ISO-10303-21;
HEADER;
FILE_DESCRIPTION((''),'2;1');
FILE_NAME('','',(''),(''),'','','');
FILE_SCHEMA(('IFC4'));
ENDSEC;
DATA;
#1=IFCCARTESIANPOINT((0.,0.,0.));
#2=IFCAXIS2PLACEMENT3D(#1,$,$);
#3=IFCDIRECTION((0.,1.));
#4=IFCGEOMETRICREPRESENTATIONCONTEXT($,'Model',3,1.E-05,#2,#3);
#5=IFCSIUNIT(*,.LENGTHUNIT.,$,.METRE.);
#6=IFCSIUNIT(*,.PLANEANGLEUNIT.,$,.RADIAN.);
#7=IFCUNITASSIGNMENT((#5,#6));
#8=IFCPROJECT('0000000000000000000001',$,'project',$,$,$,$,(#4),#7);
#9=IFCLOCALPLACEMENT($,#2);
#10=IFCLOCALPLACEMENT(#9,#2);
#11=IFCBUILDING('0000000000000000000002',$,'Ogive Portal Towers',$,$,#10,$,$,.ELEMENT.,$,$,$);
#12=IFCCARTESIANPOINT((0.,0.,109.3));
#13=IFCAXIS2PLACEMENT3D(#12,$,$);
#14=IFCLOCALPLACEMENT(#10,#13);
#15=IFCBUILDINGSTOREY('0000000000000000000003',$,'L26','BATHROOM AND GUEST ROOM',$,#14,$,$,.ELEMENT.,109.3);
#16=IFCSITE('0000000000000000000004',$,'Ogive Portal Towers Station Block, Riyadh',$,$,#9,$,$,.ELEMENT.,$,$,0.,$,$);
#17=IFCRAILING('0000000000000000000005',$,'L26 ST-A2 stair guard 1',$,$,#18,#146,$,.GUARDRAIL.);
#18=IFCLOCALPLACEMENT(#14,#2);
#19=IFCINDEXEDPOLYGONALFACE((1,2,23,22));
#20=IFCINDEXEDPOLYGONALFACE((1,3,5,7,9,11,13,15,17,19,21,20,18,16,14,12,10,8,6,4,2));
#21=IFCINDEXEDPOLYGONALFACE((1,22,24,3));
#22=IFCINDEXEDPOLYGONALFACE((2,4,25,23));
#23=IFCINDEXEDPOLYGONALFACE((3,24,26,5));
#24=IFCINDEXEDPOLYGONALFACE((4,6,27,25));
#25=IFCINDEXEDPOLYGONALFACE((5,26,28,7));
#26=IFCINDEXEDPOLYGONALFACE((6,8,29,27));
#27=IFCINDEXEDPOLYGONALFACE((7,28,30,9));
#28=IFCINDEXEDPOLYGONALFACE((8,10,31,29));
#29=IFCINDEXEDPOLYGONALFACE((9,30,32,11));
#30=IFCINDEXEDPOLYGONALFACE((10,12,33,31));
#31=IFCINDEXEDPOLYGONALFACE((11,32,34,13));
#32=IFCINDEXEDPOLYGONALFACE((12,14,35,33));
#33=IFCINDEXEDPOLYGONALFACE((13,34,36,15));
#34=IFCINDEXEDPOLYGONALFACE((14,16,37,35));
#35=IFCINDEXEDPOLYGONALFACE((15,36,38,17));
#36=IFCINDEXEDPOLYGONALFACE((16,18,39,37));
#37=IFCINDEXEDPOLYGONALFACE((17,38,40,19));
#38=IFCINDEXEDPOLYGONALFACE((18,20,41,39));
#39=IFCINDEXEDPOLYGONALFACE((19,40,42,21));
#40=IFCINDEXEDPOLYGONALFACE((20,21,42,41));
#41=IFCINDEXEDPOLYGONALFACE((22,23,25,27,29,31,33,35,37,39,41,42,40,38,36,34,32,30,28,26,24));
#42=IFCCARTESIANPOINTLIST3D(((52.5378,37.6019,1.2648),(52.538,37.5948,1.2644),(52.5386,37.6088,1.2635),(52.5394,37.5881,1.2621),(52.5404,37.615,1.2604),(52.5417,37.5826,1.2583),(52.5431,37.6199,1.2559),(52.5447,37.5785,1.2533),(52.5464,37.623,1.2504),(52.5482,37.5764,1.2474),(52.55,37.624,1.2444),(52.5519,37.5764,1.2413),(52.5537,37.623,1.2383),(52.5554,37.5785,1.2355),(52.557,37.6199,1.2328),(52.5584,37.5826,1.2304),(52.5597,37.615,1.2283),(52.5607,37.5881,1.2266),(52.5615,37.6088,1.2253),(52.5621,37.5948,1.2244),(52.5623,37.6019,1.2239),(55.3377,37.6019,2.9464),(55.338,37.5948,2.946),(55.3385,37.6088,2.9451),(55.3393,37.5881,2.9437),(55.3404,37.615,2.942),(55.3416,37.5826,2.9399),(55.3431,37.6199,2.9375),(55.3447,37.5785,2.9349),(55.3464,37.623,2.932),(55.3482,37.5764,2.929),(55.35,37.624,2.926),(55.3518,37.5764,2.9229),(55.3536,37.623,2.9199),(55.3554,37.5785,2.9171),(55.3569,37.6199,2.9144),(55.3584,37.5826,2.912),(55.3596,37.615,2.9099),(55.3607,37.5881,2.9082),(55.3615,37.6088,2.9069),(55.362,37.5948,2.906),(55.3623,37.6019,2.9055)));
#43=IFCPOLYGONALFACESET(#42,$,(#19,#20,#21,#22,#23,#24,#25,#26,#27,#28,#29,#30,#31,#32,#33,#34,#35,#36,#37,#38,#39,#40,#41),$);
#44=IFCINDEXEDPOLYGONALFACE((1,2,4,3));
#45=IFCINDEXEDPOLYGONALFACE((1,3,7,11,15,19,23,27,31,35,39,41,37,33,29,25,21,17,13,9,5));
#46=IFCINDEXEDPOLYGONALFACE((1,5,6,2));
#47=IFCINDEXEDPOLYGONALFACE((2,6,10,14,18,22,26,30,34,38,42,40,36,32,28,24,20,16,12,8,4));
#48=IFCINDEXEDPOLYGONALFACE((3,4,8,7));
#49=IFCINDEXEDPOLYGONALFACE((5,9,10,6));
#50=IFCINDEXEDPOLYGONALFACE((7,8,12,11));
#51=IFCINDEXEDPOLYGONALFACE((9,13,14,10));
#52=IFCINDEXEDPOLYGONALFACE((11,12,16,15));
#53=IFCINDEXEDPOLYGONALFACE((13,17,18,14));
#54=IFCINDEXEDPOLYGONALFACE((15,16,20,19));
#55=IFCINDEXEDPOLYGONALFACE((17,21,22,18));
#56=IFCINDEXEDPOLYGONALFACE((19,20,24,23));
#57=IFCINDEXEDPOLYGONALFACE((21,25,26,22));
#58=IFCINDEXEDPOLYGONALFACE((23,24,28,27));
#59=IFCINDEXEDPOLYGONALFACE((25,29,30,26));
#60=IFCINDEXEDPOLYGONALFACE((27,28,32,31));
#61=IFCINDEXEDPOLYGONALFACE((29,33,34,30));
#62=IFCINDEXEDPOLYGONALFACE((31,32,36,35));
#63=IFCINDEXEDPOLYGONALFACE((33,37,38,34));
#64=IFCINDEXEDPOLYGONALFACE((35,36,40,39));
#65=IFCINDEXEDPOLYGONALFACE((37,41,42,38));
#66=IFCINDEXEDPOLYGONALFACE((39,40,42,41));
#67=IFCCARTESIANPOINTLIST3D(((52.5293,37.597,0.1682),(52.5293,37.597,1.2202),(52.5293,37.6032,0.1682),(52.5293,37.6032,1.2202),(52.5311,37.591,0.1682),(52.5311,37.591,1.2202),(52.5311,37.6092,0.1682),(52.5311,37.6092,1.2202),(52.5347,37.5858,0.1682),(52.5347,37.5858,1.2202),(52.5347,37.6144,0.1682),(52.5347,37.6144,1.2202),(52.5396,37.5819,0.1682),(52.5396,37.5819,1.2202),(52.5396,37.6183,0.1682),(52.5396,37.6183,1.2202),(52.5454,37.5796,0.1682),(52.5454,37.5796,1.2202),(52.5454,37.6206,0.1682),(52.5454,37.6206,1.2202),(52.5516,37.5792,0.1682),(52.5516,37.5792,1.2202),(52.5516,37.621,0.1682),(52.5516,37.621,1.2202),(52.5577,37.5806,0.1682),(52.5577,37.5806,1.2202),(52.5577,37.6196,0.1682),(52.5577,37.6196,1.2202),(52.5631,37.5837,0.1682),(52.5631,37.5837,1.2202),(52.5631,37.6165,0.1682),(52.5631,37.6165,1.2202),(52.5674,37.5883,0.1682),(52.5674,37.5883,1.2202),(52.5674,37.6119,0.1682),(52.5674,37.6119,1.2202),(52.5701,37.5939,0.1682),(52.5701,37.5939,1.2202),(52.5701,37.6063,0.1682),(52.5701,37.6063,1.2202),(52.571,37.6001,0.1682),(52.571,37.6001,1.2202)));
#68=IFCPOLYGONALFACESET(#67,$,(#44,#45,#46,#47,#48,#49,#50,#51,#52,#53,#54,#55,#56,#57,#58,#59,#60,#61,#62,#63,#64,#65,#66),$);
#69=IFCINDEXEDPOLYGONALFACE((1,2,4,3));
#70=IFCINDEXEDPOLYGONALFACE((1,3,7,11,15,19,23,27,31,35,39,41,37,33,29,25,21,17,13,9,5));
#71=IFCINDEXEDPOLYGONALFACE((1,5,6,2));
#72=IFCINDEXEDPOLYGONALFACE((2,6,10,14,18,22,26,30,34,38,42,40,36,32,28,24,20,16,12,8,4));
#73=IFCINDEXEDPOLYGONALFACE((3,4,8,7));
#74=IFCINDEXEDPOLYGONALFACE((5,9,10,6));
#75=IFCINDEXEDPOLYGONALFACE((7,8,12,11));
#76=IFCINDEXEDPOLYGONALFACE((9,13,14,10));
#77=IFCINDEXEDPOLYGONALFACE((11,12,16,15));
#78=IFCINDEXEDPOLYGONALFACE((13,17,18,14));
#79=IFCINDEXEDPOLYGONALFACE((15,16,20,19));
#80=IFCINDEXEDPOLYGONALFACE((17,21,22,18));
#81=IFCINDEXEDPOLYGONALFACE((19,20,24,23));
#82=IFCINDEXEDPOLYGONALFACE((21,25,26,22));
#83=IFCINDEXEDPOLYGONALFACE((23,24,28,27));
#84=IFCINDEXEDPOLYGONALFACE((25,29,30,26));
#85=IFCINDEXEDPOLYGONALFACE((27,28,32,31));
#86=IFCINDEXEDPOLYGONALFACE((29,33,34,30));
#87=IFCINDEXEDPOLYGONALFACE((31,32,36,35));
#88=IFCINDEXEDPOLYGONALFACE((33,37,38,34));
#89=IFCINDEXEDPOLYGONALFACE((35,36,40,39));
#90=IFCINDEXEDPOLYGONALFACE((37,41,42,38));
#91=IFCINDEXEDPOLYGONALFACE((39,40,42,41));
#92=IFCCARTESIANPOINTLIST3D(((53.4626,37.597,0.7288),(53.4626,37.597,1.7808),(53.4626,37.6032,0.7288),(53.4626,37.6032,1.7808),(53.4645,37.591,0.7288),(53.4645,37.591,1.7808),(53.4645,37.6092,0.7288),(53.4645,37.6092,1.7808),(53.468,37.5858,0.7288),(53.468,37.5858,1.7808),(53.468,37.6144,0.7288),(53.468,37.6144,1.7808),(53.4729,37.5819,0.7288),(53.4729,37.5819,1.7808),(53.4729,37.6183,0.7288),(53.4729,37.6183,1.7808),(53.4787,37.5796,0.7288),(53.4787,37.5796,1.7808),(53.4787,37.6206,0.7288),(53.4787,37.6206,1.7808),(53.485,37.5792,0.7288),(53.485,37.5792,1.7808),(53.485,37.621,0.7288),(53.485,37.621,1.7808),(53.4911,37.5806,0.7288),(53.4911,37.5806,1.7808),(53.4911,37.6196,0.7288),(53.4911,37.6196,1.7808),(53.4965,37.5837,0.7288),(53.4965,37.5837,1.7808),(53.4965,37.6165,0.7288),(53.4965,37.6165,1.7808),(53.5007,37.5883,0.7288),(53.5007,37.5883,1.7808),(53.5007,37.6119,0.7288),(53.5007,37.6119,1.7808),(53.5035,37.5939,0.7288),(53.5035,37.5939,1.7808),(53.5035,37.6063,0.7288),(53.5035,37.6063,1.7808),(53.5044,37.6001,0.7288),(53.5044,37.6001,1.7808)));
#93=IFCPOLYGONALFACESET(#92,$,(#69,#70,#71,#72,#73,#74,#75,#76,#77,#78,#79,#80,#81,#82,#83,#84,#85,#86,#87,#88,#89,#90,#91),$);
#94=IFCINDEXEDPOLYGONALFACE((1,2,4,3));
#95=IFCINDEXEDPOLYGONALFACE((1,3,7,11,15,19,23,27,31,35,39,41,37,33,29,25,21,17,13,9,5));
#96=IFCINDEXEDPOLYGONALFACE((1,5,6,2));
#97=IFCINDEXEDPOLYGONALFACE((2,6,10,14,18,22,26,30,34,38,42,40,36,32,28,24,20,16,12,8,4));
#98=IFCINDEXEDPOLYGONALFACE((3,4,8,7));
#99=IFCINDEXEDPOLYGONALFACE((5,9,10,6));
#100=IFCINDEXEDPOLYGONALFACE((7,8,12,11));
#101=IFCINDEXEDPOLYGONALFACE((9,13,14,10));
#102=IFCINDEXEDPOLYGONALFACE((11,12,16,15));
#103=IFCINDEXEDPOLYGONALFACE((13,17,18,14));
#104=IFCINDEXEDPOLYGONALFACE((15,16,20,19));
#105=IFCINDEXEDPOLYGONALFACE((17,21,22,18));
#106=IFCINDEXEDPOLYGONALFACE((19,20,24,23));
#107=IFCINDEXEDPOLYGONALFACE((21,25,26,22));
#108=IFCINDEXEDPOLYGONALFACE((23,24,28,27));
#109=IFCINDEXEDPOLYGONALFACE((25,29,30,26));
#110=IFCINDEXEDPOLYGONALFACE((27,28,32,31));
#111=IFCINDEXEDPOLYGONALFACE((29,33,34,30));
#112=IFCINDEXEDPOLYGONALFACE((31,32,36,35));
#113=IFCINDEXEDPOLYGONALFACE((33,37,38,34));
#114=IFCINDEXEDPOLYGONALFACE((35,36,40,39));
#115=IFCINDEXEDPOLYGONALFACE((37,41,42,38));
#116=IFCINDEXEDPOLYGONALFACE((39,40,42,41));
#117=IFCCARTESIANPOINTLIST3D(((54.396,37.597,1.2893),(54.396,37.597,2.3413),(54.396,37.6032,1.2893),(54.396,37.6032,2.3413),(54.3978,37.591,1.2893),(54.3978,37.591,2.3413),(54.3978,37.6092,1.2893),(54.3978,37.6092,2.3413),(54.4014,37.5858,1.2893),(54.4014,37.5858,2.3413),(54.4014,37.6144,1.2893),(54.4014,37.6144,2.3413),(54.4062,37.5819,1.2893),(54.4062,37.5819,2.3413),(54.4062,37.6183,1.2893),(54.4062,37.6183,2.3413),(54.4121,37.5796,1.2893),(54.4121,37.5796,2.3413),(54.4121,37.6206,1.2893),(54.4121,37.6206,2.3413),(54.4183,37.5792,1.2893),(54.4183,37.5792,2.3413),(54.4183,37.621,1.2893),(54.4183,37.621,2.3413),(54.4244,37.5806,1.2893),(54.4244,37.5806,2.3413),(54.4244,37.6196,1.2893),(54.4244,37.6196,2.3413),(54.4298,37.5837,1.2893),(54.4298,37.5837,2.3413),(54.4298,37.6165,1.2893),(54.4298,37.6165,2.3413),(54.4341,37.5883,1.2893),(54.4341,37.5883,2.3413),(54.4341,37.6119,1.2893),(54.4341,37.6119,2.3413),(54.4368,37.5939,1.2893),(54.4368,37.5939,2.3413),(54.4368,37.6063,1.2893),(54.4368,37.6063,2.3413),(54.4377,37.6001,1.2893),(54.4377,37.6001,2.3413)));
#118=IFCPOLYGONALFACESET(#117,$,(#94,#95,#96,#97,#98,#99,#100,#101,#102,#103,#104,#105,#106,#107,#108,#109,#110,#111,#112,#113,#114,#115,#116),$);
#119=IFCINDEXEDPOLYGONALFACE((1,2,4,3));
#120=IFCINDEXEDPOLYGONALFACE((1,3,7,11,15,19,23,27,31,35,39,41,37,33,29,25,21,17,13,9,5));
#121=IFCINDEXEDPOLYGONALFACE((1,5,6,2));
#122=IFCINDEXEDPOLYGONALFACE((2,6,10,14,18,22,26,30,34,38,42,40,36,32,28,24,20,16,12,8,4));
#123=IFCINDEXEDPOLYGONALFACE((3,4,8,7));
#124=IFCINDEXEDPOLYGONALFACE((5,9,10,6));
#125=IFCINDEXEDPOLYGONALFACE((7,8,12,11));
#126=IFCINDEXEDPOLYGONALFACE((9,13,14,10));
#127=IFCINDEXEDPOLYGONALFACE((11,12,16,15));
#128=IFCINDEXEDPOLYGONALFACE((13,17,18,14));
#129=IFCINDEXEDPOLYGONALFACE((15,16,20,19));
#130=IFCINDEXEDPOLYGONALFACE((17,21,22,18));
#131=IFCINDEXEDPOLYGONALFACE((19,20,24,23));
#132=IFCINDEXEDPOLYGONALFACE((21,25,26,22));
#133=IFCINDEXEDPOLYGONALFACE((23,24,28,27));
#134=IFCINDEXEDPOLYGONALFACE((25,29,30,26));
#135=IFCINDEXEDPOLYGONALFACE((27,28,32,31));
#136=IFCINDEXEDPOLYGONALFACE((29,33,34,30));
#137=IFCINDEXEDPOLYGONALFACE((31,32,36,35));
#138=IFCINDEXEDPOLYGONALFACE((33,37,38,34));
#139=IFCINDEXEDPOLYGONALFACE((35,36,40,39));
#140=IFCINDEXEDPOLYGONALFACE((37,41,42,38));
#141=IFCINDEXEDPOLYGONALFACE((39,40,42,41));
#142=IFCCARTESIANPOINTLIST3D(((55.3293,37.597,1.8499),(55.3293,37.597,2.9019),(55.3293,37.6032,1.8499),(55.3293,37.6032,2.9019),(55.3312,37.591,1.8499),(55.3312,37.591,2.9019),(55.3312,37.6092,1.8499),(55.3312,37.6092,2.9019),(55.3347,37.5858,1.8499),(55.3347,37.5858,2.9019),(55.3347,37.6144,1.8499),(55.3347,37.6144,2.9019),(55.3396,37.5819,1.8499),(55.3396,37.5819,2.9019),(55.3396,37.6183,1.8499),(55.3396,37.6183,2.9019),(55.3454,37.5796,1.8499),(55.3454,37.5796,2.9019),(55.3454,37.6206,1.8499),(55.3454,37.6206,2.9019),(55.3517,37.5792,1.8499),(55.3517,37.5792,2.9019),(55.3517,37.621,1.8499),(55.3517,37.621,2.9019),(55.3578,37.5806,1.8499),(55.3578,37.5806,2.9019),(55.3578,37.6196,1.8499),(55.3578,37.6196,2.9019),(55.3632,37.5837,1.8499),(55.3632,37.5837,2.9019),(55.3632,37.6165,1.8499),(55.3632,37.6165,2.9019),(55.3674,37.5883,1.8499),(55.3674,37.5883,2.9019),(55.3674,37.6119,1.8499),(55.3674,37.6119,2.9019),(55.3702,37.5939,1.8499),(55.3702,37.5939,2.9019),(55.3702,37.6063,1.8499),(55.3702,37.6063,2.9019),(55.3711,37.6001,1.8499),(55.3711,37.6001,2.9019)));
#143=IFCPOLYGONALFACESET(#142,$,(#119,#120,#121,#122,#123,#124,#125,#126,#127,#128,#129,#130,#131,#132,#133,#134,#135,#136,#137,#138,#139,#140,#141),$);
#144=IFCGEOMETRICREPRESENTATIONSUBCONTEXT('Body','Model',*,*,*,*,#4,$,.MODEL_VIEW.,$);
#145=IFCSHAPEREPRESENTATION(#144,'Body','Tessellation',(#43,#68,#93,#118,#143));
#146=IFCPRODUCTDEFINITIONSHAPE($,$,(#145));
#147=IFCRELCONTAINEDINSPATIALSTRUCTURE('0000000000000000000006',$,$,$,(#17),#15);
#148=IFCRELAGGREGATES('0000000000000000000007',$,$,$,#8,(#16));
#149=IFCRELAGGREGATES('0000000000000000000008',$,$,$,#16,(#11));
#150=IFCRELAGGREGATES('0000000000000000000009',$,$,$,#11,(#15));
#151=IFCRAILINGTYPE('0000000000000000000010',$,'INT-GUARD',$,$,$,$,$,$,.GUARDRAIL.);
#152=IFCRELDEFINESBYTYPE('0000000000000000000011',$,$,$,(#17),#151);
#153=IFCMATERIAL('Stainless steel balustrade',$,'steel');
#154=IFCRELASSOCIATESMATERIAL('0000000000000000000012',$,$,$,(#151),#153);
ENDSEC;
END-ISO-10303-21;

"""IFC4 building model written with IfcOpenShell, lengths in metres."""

from ifc_helpers import new_model, si_unit, direction, frame, origin, origin_2d, place, context, subcontext, project, spatial, circle, extrude, material, type_object, element, save


model = new_model("IFC4")

# Units and contexts
model_context = context("Model", 3, precision=1e-05, world=origin(), true_north=direction((0.0, 1.0)))
body_context = subcontext(model_context, "Body", "Model", "MODEL_VIEW")
ifc_project = project(units=[si_unit("LENGTHUNIT", "METRE"), si_unit("PLANEANGLEUNIT", "RADIAN")], contexts=[model_context])

# Site, building, storey
site_placement = place(None, origin())
site = spatial("IfcSite", under=ifc_project, at=site_placement, Name="Ogive Portal Towers Station Block, Riyadh", CompositionType="ELEMENT", RefElevation=0.0)
building_placement = place(site_placement, origin())
building = spatial("IfcBuilding", under=site, at=building_placement, Name="Ogive Portal Towers", CompositionType="ELEMENT")
storey_placement = place(building_placement, frame((0.0, 0.0, 109.3)))
storey = spatial("IfcBuildingStorey", under=building, at=storey_placement, Name="L26", Description="BATHROOM AND GUEST ROOM", CompositionType="ELEMENT", Elevation=109.3)

# Railing
ifc_material_1 = material(Name="Stainless steel balustrade", Category="steel")
railing_type_1 = type_object("IfcRailingType", Name="INT-GUARD", PredefinedType="GUARDRAIL", material=ifc_material_1)
railing_1_placement = place(storey_placement, frame((52.55, 37.6001, 0.1682)))
element("IfcRailing", 1, at=railing_1_placement, inside=storey, type_object=railing_type_1, Name="L26 ST-A2 stair guard 1", PredefinedType="GUARDRAIL", context=body_context, shape_type="SweptSolid", body=[
    extrude(circle(Radius=0.0239, at=origin_2d()), frame((0.0, 0.0, 1.0762), z_axis=(0.857275, 0.0, 0.514858), x_axis=(0.0, 1.0, 0.0)), (0.0, 0.0, 1.0), 3.2661),
    extrude(circle(Radius=0.021, at=origin_2d()), origin(), (0.0, 0.0, 1.0), 1.052),
    extrude(circle(Radius=0.021, at=origin_2d()), frame((0.9333, 0.0, 0.5605)), (0.0, 0.0, 1.0), 1.052),
    extrude(circle(Radius=0.021, at=origin_2d()), frame((1.8667, 0.0, 1.1211)), (0.0, 0.0, 1.0), 1.052),
    extrude(circle(Radius=0.021, at=origin_2d()), frame((2.8, 0.0, 1.6816)), (0.0, 0.0, 1.0), 1.052),
])

save(model, "model.ifc")
